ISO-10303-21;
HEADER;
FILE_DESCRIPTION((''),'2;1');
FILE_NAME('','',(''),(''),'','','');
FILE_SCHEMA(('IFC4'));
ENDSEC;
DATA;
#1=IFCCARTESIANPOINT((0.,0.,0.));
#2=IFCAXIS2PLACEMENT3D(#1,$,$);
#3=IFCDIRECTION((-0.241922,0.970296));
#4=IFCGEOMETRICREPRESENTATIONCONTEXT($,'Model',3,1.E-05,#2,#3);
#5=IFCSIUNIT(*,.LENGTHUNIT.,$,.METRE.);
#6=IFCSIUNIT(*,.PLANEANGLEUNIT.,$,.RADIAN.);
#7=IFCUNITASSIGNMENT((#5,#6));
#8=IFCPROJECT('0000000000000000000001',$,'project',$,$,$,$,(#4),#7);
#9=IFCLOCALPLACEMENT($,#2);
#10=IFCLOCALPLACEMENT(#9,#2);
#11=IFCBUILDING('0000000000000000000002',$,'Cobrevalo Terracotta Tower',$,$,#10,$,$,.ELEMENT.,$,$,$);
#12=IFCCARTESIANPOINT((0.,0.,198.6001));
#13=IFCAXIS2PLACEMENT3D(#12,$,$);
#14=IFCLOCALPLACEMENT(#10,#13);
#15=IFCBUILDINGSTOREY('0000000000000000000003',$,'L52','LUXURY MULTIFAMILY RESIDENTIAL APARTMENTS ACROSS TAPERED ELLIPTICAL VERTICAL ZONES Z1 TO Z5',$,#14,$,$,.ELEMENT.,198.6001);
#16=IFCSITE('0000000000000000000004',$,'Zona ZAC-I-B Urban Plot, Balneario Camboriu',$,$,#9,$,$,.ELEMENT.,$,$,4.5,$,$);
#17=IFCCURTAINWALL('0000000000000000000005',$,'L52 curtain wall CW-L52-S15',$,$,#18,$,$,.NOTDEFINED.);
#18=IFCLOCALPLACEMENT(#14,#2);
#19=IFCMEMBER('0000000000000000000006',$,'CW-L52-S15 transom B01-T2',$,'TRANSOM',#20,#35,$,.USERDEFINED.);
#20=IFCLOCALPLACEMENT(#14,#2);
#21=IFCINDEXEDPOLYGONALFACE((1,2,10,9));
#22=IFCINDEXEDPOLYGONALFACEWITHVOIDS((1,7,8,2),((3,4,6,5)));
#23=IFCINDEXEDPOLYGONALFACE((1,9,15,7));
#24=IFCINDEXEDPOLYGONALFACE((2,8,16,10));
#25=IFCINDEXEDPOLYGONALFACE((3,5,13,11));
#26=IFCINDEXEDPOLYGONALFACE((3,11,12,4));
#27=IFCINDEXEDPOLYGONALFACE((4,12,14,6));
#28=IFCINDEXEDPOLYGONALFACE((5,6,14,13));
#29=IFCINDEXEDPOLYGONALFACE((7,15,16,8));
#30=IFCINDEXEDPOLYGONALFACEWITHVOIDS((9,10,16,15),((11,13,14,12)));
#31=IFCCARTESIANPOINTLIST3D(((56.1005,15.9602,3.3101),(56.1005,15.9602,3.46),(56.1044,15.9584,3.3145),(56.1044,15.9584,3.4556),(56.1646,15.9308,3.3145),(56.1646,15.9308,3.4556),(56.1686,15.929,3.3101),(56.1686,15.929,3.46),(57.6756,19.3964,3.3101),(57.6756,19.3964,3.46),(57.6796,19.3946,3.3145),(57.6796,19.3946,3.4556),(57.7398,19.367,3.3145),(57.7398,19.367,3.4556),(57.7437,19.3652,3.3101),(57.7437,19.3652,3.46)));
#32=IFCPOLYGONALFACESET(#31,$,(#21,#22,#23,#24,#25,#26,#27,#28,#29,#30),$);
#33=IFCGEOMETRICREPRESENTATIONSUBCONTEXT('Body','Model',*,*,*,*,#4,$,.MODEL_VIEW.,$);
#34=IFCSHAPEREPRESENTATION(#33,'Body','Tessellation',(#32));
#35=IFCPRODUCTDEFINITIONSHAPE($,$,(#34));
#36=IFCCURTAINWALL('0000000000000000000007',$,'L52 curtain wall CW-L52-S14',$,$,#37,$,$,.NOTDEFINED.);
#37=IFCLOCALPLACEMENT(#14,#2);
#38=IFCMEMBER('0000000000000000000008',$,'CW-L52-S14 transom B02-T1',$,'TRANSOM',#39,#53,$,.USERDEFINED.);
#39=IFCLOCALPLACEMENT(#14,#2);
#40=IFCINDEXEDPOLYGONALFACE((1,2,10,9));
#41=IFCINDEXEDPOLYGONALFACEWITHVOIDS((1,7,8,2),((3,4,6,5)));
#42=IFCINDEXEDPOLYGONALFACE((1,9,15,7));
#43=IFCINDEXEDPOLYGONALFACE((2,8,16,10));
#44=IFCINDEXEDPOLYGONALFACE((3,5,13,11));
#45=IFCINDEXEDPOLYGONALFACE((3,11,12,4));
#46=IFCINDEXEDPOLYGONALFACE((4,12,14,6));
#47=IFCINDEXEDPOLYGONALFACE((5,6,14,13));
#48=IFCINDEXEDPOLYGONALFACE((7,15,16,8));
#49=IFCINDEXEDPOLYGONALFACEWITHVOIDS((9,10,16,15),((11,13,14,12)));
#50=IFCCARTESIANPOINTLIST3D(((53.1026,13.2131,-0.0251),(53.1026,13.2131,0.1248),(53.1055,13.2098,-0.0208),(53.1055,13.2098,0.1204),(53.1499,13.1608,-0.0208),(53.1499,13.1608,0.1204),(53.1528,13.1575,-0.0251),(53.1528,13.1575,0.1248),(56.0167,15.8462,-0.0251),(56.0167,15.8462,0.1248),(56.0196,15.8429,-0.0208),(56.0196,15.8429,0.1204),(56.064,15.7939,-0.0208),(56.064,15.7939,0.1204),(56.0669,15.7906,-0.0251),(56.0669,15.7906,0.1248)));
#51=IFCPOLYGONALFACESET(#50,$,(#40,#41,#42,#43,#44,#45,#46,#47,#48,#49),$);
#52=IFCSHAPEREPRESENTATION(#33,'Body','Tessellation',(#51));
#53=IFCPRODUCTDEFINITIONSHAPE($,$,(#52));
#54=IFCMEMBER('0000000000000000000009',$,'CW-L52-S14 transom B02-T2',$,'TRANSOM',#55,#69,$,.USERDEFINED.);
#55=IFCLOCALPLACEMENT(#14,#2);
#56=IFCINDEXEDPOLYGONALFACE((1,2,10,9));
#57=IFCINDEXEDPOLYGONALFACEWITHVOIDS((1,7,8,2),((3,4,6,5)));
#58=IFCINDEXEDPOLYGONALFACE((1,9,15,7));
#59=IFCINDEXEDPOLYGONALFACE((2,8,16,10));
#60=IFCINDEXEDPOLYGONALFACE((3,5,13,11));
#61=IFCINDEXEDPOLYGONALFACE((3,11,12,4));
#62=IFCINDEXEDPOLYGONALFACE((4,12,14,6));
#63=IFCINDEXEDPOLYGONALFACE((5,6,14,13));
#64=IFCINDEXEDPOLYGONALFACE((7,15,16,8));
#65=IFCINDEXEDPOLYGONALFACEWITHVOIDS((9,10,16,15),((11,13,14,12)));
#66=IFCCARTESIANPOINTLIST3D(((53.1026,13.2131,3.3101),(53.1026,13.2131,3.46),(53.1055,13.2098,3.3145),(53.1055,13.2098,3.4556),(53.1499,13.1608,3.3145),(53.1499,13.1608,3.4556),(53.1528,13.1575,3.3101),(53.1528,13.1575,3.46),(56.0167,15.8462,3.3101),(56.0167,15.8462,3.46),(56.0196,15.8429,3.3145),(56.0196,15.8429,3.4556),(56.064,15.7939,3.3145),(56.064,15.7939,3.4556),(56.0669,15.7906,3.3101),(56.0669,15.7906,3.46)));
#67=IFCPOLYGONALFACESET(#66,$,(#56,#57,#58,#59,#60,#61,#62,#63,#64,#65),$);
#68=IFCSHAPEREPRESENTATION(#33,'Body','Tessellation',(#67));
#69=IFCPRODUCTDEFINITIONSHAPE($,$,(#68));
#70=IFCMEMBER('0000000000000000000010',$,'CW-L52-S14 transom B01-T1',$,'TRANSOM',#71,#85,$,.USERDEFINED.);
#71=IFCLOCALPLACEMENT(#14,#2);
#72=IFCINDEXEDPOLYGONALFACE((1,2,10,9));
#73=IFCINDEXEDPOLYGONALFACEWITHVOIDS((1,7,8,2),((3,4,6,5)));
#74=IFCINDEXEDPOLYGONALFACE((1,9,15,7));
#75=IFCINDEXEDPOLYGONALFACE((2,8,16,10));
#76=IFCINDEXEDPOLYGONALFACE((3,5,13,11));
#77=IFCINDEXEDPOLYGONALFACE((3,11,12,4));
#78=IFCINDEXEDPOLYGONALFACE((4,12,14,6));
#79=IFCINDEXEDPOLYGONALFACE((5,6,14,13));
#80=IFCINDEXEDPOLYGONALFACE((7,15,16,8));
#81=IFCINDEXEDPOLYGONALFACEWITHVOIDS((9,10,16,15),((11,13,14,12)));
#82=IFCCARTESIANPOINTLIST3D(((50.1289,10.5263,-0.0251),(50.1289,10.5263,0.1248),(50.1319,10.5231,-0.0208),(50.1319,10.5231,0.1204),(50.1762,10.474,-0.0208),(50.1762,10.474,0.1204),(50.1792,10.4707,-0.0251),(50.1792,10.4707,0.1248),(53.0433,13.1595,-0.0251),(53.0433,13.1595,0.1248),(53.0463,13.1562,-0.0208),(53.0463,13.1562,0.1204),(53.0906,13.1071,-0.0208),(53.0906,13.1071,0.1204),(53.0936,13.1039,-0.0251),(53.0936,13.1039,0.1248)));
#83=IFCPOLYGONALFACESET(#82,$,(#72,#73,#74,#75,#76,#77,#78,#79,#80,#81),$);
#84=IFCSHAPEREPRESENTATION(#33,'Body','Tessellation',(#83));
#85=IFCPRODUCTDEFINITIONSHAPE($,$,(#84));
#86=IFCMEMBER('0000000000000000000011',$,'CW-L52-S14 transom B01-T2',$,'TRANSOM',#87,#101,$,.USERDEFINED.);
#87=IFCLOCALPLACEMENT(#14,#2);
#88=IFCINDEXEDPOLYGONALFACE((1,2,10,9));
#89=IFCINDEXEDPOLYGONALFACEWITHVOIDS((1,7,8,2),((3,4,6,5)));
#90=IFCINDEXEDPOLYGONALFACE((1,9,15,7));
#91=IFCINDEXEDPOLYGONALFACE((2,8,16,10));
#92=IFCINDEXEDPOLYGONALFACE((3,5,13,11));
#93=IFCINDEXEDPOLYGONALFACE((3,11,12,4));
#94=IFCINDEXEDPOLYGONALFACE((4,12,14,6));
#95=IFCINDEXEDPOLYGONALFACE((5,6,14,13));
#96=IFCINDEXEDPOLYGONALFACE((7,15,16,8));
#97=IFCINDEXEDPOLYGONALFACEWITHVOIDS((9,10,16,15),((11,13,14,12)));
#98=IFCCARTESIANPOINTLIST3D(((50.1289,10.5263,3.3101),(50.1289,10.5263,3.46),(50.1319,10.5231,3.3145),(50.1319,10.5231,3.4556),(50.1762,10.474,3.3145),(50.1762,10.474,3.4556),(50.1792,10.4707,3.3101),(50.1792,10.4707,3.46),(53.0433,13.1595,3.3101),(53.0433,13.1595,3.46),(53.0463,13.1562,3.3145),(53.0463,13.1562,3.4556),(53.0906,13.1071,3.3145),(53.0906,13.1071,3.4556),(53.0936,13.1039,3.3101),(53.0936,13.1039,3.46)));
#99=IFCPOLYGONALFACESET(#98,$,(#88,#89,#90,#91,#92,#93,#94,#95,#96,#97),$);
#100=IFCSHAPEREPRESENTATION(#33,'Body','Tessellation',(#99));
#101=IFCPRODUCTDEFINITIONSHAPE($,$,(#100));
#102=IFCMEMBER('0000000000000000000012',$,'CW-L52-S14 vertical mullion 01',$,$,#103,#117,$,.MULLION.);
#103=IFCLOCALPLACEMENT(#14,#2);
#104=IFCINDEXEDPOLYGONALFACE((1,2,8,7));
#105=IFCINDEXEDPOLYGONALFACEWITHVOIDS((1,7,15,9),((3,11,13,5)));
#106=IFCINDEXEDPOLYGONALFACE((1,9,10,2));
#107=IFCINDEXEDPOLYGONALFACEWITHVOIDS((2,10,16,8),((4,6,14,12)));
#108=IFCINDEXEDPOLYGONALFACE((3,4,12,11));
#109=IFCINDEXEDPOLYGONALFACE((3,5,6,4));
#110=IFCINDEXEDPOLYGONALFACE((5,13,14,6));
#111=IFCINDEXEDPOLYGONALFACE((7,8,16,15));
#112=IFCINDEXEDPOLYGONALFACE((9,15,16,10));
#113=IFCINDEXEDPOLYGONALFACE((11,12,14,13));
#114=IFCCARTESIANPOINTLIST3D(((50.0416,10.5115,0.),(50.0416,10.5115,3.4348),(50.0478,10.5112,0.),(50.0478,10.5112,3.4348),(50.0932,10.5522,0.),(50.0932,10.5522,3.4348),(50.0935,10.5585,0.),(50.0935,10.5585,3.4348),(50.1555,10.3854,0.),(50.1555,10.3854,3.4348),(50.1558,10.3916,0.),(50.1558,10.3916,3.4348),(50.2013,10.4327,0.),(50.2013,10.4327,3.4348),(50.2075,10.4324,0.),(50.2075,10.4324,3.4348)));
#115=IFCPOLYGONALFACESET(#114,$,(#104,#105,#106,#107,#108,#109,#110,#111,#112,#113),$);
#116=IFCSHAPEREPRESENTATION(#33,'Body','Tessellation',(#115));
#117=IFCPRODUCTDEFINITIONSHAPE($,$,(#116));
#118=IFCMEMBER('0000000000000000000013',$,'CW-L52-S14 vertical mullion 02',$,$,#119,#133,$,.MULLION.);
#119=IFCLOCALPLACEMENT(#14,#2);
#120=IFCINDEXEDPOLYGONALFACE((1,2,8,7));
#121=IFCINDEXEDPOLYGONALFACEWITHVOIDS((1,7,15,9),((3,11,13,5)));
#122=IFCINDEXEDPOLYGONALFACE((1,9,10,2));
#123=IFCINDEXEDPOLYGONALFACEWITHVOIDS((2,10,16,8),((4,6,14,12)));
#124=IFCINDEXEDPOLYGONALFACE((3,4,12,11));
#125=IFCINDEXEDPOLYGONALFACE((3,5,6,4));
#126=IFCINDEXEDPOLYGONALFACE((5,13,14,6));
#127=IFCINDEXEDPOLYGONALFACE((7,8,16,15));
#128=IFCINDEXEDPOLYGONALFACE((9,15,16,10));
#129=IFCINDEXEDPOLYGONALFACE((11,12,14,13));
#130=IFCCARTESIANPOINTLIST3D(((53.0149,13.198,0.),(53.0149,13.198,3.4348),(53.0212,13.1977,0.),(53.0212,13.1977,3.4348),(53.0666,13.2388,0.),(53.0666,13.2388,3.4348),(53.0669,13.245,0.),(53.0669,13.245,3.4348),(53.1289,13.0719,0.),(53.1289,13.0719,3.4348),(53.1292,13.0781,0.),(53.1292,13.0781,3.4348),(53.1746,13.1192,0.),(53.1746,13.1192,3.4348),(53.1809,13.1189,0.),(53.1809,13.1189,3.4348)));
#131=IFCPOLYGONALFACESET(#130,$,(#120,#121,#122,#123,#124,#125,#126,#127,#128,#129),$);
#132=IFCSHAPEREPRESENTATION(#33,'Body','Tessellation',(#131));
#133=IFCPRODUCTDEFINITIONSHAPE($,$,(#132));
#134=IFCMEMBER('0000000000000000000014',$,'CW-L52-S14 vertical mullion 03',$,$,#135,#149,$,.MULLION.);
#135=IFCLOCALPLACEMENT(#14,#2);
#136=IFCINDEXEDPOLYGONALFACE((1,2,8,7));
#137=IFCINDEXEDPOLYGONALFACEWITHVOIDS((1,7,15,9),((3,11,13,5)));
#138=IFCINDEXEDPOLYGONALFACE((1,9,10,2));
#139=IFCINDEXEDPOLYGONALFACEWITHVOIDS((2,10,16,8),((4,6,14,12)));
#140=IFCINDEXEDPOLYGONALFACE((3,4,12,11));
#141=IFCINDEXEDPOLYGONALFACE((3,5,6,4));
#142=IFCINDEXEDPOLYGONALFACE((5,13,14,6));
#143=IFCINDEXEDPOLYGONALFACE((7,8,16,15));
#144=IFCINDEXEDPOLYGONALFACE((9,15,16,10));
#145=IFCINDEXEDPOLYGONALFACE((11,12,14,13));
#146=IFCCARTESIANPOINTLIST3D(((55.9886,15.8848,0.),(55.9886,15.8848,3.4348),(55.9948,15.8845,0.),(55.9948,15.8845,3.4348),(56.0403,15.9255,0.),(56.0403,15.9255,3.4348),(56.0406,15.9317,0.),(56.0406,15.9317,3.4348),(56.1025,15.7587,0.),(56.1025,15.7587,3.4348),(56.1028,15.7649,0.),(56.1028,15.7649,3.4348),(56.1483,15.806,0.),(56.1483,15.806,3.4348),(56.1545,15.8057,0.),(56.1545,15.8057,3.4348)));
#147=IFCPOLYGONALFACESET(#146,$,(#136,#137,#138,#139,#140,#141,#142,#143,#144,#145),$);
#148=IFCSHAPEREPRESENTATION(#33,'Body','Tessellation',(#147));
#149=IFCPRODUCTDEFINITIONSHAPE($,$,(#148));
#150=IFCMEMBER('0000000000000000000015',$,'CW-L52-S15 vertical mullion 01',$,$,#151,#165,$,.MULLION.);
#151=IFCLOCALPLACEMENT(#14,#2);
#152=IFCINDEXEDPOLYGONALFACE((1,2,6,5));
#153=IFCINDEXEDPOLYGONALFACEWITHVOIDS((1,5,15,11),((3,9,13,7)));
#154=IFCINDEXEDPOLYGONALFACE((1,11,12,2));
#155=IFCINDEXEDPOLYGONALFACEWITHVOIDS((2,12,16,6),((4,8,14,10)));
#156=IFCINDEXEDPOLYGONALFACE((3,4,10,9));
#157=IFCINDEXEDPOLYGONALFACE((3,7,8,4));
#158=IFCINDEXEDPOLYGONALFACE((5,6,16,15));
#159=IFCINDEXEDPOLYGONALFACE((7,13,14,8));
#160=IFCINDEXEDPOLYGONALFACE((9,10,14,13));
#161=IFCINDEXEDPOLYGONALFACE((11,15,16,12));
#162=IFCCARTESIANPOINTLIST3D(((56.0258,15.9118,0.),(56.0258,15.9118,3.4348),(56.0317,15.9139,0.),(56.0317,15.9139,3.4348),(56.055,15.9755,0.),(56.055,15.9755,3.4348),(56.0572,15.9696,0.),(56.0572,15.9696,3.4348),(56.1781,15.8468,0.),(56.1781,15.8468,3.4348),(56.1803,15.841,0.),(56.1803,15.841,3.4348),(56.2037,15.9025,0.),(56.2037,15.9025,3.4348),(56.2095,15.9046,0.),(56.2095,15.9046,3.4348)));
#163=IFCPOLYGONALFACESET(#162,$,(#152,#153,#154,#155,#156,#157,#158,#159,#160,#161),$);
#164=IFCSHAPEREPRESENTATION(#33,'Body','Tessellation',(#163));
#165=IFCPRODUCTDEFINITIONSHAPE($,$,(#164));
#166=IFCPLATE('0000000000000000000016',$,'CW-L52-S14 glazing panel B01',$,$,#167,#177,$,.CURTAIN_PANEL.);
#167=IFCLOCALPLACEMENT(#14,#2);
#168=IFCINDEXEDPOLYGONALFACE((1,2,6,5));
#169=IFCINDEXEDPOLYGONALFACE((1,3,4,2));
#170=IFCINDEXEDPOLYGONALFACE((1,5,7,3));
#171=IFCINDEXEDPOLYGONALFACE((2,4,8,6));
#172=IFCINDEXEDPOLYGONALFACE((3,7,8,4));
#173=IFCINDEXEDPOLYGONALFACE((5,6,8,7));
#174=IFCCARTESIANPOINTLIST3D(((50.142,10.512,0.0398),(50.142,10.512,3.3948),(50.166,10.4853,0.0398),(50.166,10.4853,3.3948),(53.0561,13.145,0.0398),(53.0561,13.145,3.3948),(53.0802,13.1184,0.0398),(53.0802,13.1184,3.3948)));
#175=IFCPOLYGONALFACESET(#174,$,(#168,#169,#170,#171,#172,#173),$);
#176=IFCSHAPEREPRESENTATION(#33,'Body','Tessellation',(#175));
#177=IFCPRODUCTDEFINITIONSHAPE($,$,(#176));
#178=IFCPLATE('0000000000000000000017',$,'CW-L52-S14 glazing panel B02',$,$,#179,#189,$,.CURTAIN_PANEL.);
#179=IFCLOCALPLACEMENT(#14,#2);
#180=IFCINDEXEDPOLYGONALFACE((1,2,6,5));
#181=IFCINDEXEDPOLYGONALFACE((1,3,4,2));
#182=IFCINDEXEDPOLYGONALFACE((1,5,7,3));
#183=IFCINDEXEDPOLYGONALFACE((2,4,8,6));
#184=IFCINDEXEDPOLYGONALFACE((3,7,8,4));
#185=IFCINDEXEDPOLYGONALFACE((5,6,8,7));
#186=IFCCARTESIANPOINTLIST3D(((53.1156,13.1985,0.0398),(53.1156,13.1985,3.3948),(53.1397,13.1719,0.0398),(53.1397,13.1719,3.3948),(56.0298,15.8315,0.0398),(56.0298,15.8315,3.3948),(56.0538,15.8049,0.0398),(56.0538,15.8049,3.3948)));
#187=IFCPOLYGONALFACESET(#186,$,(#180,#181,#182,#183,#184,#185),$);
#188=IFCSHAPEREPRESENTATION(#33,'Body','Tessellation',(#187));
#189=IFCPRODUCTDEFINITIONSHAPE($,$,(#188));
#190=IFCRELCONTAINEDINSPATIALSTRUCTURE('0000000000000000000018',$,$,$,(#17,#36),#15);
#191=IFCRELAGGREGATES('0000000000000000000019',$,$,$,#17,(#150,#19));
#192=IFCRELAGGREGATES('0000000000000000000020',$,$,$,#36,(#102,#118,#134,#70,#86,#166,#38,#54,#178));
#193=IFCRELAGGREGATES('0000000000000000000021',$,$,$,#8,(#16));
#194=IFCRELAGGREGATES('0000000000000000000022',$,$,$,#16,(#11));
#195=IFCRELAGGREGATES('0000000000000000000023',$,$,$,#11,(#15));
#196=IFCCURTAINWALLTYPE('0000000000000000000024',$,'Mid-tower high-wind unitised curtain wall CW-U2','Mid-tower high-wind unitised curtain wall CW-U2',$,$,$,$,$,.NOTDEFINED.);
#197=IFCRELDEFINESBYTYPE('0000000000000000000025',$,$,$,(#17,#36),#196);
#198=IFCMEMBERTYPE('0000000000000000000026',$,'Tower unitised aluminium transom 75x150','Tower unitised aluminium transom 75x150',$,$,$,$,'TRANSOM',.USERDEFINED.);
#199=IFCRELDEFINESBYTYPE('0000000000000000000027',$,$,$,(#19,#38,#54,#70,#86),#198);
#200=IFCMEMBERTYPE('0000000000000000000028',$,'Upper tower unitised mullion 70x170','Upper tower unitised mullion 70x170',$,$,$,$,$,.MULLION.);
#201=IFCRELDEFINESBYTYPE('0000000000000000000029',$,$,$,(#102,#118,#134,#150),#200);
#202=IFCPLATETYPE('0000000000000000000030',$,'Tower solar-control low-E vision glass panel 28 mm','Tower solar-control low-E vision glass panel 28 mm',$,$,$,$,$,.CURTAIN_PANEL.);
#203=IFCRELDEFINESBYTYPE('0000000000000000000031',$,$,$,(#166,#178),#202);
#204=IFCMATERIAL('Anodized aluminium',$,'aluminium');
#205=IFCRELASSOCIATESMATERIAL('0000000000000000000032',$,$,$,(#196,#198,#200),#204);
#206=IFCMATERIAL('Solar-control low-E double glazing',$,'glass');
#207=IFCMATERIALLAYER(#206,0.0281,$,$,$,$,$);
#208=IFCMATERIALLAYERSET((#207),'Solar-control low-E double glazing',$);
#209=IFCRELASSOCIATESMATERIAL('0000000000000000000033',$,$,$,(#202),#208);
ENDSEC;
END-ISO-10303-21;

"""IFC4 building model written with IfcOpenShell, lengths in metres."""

from ifc_helpers import new_model, si_unit, direction, frame, origin, origin_2d, place, context, subcontext, project, spatial, rectangle, hollow_rectangle, extrude, source, transform, mapped, material, layer, layer_set, material_profile, profile_set, type_object, element, aggregate, save


model = new_model("IFC4")

# Units and contexts
model_context = context("Model", 3, precision=1e-05, world=origin(), true_north=direction((-0.241922, 0.970296)))
body_context = subcontext(model_context, "Body", "Model", "MODEL_VIEW")
ifc_project = project(units=[si_unit("LENGTHUNIT", "METRE"), si_unit("PLANEANGLEUNIT", "RADIAN")], contexts=[model_context])

# Site, building, storey
site_placement = place(None, origin())
site = spatial("IfcSite", under=ifc_project, at=site_placement, Name="Zona ZAC-I-B Urban Plot, Balneario Camboriu", CompositionType="ELEMENT", RefElevation=4.5)
building_placement = place(site_placement, origin())
building = spatial("IfcBuilding", under=site, at=building_placement, Name="Cobrevalo Terracotta Tower", CompositionType="ELEMENT")
storey_placement = place(building_placement, frame((0.0, 0.0, 198.6001)))
storey = spatial("IfcBuildingStorey", under=building, at=storey_placement, Name="L52", Description="LUXURY MULTIFAMILY RESIDENTIAL APARTMENTS ACROSS TAPERED ELLIPTICAL VERTICAL ZONES Z1 TO Z5", CompositionType="ELEMENT", Elevation=198.6001)

# Curtain walls, members
ifc_material_1 = material(Name="Anodized aluminium", Category="aluminium")
curtain_wall_type = type_object("IfcCurtainWallType", Name="Mid-tower high-wind unitised curtain wall CW-U2", Description="Mid-tower high-wind unitised curtain wall CW-U2", PredefinedType="NOTDEFINED", material=ifc_material_1)
curtain_wall_1_placement = place(storey_placement, origin())
curtain_wall_1 = element("IfcCurtainWall", 1, at=curtain_wall_1_placement, inside=storey, type_object=curtain_wall_type, Name="L52 curtain wall CW-L52-S15", PredefinedType="NOTDEFINED")
ifc_material_profile_1 = material_profile(ifc_material_1, hollow_rectangle(XDim=0.075, YDim=0.1499, WallThickness=0.0044, at=origin_2d()), Name="CWT 75x150")
ifc_profile_set_1 = profile_set([ifc_material_profile_1], Name="Anodized aluminium")
member_type_1 = type_object("IfcMemberType", Name="Tower unitised aluminium transom 75x150", Description="Tower unitised aluminium transom 75x150", ElementType="TRANSOM", PredefinedType="USERDEFINED", material=ifc_profile_set_1)
shared_shape_1 = source(origin(), body_context, "Body", "SweptSolid", [
    extrude(hollow_rectangle(XDim=0.075, YDim=0.1499, WallThickness=0.0044, at=origin_2d()), origin(), (0.0, 0.0, 1.0), 3.78),
])
member_1_placement = place(storey_placement, frame((56.1345, 15.9446, 3.385), z_axis=(0.416706, 0.909041, 0.0), x_axis=(-0.909041, 0.416706, 0.0)))
member_1 = element("IfcMember", 2, at=member_1_placement, type_object=member_type_1, Name="CW-L52-S15 transom B01-T2", ObjectType="TRANSOM", PredefinedType="USERDEFINED", context=body_context, shape_type="MappedRepresentation", body=[
    mapped(shared_shape_1, transform((0.0, 0.0, 0.0), scale=1.0)),
])
curtain_wall_2_placement = place(storey_placement, origin())
curtain_wall_2 = element("IfcCurtainWall", 3, at=curtain_wall_2_placement, inside=storey, type_object=curtain_wall_type, Name="L52 curtain wall CW-L52-S14", PredefinedType="NOTDEFINED")
shared_shape_2 = source(origin(), body_context, "Body", "SweptSolid", [
    extrude(hollow_rectangle(XDim=0.075, YDim=0.1499, WallThickness=0.0044, at=origin_2d()), origin(), (0.0, 0.0, 1.0), 3.9275),
])
member_2_placement = place(storey_placement, frame((53.1277, 13.1853, 0.0498), z_axis=(0.741976, 0.670426, 0.0), x_axis=(-0.670426, 0.741976, 0.0)))
member_2 = element("IfcMember", 4, at=member_2_placement, type_object=member_type_1, Name="CW-L52-S14 transom B02-T1", ObjectType="TRANSOM", PredefinedType="USERDEFINED", context=body_context, shape_type="MappedRepresentation", body=[
    mapped(shared_shape_2, transform((0.0, 0.0, 0.0), scale=1.0)),
])
member_3_placement = place(storey_placement, frame((53.1277, 13.1853, 3.385), z_axis=(0.741976, 0.670426, 0.0), x_axis=(-0.670426, 0.741976, 0.0)))
member_3 = element("IfcMember", 5, at=member_3_placement, type_object=member_type_1, Name="CW-L52-S14 transom B02-T2", ObjectType="TRANSOM", PredefinedType="USERDEFINED", context=body_context, shape_type="MappedRepresentation", body=[
    mapped(shared_shape_2, transform((0.0, 0.0, 0.0), scale=1.0)),
])
shared_shape_3 = source(origin(), body_context, "Body", "SweptSolid", [
    extrude(hollow_rectangle(XDim=0.075, YDim=0.1499, WallThickness=0.0044, at=origin_2d()), origin(), (0.0, 0.0, 1.0), 3.9277),
])
member_4_placement = place(storey_placement, frame((50.1541, 10.4985, 0.0498), z_axis=(0.742004, 0.670396, 0.0), x_axis=(-0.670396, 0.742004, 0.0)))
member_4 = element("IfcMember", 6, at=member_4_placement, type_object=member_type_1, Name="CW-L52-S14 transom B01-T1", ObjectType="TRANSOM", PredefinedType="USERDEFINED", context=body_context, shape_type="MappedRepresentation", body=[
    mapped(shared_shape_3, transform((0.0, 0.0, 0.0), scale=1.0)),
])
member_5_placement = place(storey_placement, frame((50.1541, 10.4985, 3.385), z_axis=(0.742004, 0.670396, 0.0), x_axis=(-0.670396, 0.742004, 0.0)))
member_5 = element("IfcMember", 7, at=member_5_placement, type_object=member_type_1, Name="CW-L52-S14 transom B01-T2", ObjectType="TRANSOM", PredefinedType="USERDEFINED", context=body_context, shape_type="MappedRepresentation", body=[
    mapped(shared_shape_3, transform((0.0, 0.0, 0.0), scale=1.0)),
])
ifc_material_profile_2 = material_profile(ifc_material_1, hollow_rectangle(XDim=0.0701, YDim=0.1699, WallThickness=0.0044, at=origin_2d()), Name="CWM 70x170")
ifc_profile_set_2 = profile_set([ifc_material_profile_2], Name="Anodized aluminium")
member_type_2 = type_object("IfcMemberType", Name="Upper tower unitised mullion 70x170", Description="Upper tower unitised mullion 70x170", PredefinedType="MULLION", material=ifc_profile_set_2)
shared_shape_4 = source(origin(), body_context, "Body", "SweptSolid", [
    extrude(hollow_rectangle(XDim=0.0701, YDim=0.1699, WallThickness=0.0044, at=origin_2d()), origin(), (0.0, 0.0, 1.0), 3.4348),
])
member_6_placement = place(storey_placement, frame((50.1245, 10.4719, 0.0), z_axis=(0.0, 0.0, 1.0), x_axis=(0.741988, 0.670414, 0.0)))
member_6 = element("IfcMember", 8, at=member_6_placement, type_object=member_type_2, Name="CW-L52-S14 vertical mullion 01", PredefinedType="MULLION", context=body_context, shape_type="MappedRepresentation", body=[
    mapped(shared_shape_4, transform((0.0, 0.0, 0.0), scale=1.0)),
])
member_7_placement = place(storey_placement, frame((53.0979, 13.1584, 0.0), z_axis=(0.0, 0.0, 1.0), x_axis=(0.741988, 0.670414, 0.0)))
member_7 = element("IfcMember", 9, at=member_7_placement, type_object=member_type_2, Name="CW-L52-S14 vertical mullion 02", PredefinedType="MULLION", context=body_context, shape_type="MappedRepresentation", body=[
    mapped(shared_shape_4, transform((0.0, 0.0, 0.0), scale=1.0)),
])
member_8_placement = place(storey_placement, frame((56.0715, 15.8452, 0.0), z_axis=(0.0, 0.0, 1.0), x_axis=(0.741988, 0.670414, 0.0)))
member_8 = element("IfcMember", 10, at=member_8_placement, type_object=member_type_2, Name="CW-L52-S14 vertical mullion 03", PredefinedType="MULLION", context=body_context, shape_type="MappedRepresentation", body=[
    mapped(shared_shape_4, transform((0.0, 0.0, 0.0), scale=1.0)),
])

# Member
member_9_placement = place(storey_placement, frame((56.1177, 15.9082, 0.0), z_axis=(0.0, 0.0, 1.0), x_axis=(0.416725, 0.909033, 0.0)))
member_9 = element("IfcMember", 11, at=member_9_placement, type_object=member_type_2, Name="CW-L52-S15 vertical mullion 01", PredefinedType="MULLION", context=body_context, shape_type="MappedRepresentation", body=[
    mapped(shared_shape_4, transform((0.0, 0.0, 0.0), scale=1.0)),
])
aggregate(curtain_wall_1, [member_9, member_1])

# Plates
ifc_material_2 = material(Name="Solar-control low-E double glazing", Category="glass")
ifc_layer_1 = layer(ifc_material_2, 0.0281)
ifc_layer_set_1 = layer_set([ifc_layer_1], Name="Solar-control low-E double glazing")
plate_type = type_object("IfcPlateType", Name="Tower solar-control low-E vision glass panel 28 mm", Description="Tower solar-control low-E vision glass panel 28 mm", PredefinedType="CURTAIN_PANEL", material=ifc_layer_set_1)
shared_shape_5 = source(origin(), body_context, "Body", "SweptSolid", [
    extrude(rectangle(XDim=3.9275, YDim=0.0359, at=origin_2d()), origin(), (0.0, 0.0, 1.0), 3.355),
])
plate_1_placement = place(storey_placement, frame((51.6111, 11.8152, 0.0398), z_axis=(0.0, 0.0, 1.0), x_axis=(0.741988, 0.670414, 0.0)))
plate_1 = element("IfcPlate", 12, at=plate_1_placement, type_object=plate_type, Name="CW-L52-S14 glazing panel B01", PredefinedType="CURTAIN_PANEL", context=body_context, shape_type="MappedRepresentation", body=[
    mapped(shared_shape_5, transform((0.0, 0.0, 0.0), scale=1.0)),
])
plate_2_placement = place(storey_placement, frame((54.5847, 14.5017, 0.0398), z_axis=(0.0, 0.0, 1.0), x_axis=(0.741988, 0.670414, 0.0)))
plate_2 = element("IfcPlate", 13, at=plate_2_placement, type_object=plate_type, Name="CW-L52-S14 glazing panel B02", PredefinedType="CURTAIN_PANEL", context=body_context, shape_type="MappedRepresentation", body=[
    mapped(shared_shape_5, transform((0.0, 0.0, 0.0), scale=1.0)),
])
aggregate(curtain_wall_2, [member_6, member_7, member_8, member_4, member_5, plate_1, member_2, member_3, plate_2])

save(model, "model.ifc")
